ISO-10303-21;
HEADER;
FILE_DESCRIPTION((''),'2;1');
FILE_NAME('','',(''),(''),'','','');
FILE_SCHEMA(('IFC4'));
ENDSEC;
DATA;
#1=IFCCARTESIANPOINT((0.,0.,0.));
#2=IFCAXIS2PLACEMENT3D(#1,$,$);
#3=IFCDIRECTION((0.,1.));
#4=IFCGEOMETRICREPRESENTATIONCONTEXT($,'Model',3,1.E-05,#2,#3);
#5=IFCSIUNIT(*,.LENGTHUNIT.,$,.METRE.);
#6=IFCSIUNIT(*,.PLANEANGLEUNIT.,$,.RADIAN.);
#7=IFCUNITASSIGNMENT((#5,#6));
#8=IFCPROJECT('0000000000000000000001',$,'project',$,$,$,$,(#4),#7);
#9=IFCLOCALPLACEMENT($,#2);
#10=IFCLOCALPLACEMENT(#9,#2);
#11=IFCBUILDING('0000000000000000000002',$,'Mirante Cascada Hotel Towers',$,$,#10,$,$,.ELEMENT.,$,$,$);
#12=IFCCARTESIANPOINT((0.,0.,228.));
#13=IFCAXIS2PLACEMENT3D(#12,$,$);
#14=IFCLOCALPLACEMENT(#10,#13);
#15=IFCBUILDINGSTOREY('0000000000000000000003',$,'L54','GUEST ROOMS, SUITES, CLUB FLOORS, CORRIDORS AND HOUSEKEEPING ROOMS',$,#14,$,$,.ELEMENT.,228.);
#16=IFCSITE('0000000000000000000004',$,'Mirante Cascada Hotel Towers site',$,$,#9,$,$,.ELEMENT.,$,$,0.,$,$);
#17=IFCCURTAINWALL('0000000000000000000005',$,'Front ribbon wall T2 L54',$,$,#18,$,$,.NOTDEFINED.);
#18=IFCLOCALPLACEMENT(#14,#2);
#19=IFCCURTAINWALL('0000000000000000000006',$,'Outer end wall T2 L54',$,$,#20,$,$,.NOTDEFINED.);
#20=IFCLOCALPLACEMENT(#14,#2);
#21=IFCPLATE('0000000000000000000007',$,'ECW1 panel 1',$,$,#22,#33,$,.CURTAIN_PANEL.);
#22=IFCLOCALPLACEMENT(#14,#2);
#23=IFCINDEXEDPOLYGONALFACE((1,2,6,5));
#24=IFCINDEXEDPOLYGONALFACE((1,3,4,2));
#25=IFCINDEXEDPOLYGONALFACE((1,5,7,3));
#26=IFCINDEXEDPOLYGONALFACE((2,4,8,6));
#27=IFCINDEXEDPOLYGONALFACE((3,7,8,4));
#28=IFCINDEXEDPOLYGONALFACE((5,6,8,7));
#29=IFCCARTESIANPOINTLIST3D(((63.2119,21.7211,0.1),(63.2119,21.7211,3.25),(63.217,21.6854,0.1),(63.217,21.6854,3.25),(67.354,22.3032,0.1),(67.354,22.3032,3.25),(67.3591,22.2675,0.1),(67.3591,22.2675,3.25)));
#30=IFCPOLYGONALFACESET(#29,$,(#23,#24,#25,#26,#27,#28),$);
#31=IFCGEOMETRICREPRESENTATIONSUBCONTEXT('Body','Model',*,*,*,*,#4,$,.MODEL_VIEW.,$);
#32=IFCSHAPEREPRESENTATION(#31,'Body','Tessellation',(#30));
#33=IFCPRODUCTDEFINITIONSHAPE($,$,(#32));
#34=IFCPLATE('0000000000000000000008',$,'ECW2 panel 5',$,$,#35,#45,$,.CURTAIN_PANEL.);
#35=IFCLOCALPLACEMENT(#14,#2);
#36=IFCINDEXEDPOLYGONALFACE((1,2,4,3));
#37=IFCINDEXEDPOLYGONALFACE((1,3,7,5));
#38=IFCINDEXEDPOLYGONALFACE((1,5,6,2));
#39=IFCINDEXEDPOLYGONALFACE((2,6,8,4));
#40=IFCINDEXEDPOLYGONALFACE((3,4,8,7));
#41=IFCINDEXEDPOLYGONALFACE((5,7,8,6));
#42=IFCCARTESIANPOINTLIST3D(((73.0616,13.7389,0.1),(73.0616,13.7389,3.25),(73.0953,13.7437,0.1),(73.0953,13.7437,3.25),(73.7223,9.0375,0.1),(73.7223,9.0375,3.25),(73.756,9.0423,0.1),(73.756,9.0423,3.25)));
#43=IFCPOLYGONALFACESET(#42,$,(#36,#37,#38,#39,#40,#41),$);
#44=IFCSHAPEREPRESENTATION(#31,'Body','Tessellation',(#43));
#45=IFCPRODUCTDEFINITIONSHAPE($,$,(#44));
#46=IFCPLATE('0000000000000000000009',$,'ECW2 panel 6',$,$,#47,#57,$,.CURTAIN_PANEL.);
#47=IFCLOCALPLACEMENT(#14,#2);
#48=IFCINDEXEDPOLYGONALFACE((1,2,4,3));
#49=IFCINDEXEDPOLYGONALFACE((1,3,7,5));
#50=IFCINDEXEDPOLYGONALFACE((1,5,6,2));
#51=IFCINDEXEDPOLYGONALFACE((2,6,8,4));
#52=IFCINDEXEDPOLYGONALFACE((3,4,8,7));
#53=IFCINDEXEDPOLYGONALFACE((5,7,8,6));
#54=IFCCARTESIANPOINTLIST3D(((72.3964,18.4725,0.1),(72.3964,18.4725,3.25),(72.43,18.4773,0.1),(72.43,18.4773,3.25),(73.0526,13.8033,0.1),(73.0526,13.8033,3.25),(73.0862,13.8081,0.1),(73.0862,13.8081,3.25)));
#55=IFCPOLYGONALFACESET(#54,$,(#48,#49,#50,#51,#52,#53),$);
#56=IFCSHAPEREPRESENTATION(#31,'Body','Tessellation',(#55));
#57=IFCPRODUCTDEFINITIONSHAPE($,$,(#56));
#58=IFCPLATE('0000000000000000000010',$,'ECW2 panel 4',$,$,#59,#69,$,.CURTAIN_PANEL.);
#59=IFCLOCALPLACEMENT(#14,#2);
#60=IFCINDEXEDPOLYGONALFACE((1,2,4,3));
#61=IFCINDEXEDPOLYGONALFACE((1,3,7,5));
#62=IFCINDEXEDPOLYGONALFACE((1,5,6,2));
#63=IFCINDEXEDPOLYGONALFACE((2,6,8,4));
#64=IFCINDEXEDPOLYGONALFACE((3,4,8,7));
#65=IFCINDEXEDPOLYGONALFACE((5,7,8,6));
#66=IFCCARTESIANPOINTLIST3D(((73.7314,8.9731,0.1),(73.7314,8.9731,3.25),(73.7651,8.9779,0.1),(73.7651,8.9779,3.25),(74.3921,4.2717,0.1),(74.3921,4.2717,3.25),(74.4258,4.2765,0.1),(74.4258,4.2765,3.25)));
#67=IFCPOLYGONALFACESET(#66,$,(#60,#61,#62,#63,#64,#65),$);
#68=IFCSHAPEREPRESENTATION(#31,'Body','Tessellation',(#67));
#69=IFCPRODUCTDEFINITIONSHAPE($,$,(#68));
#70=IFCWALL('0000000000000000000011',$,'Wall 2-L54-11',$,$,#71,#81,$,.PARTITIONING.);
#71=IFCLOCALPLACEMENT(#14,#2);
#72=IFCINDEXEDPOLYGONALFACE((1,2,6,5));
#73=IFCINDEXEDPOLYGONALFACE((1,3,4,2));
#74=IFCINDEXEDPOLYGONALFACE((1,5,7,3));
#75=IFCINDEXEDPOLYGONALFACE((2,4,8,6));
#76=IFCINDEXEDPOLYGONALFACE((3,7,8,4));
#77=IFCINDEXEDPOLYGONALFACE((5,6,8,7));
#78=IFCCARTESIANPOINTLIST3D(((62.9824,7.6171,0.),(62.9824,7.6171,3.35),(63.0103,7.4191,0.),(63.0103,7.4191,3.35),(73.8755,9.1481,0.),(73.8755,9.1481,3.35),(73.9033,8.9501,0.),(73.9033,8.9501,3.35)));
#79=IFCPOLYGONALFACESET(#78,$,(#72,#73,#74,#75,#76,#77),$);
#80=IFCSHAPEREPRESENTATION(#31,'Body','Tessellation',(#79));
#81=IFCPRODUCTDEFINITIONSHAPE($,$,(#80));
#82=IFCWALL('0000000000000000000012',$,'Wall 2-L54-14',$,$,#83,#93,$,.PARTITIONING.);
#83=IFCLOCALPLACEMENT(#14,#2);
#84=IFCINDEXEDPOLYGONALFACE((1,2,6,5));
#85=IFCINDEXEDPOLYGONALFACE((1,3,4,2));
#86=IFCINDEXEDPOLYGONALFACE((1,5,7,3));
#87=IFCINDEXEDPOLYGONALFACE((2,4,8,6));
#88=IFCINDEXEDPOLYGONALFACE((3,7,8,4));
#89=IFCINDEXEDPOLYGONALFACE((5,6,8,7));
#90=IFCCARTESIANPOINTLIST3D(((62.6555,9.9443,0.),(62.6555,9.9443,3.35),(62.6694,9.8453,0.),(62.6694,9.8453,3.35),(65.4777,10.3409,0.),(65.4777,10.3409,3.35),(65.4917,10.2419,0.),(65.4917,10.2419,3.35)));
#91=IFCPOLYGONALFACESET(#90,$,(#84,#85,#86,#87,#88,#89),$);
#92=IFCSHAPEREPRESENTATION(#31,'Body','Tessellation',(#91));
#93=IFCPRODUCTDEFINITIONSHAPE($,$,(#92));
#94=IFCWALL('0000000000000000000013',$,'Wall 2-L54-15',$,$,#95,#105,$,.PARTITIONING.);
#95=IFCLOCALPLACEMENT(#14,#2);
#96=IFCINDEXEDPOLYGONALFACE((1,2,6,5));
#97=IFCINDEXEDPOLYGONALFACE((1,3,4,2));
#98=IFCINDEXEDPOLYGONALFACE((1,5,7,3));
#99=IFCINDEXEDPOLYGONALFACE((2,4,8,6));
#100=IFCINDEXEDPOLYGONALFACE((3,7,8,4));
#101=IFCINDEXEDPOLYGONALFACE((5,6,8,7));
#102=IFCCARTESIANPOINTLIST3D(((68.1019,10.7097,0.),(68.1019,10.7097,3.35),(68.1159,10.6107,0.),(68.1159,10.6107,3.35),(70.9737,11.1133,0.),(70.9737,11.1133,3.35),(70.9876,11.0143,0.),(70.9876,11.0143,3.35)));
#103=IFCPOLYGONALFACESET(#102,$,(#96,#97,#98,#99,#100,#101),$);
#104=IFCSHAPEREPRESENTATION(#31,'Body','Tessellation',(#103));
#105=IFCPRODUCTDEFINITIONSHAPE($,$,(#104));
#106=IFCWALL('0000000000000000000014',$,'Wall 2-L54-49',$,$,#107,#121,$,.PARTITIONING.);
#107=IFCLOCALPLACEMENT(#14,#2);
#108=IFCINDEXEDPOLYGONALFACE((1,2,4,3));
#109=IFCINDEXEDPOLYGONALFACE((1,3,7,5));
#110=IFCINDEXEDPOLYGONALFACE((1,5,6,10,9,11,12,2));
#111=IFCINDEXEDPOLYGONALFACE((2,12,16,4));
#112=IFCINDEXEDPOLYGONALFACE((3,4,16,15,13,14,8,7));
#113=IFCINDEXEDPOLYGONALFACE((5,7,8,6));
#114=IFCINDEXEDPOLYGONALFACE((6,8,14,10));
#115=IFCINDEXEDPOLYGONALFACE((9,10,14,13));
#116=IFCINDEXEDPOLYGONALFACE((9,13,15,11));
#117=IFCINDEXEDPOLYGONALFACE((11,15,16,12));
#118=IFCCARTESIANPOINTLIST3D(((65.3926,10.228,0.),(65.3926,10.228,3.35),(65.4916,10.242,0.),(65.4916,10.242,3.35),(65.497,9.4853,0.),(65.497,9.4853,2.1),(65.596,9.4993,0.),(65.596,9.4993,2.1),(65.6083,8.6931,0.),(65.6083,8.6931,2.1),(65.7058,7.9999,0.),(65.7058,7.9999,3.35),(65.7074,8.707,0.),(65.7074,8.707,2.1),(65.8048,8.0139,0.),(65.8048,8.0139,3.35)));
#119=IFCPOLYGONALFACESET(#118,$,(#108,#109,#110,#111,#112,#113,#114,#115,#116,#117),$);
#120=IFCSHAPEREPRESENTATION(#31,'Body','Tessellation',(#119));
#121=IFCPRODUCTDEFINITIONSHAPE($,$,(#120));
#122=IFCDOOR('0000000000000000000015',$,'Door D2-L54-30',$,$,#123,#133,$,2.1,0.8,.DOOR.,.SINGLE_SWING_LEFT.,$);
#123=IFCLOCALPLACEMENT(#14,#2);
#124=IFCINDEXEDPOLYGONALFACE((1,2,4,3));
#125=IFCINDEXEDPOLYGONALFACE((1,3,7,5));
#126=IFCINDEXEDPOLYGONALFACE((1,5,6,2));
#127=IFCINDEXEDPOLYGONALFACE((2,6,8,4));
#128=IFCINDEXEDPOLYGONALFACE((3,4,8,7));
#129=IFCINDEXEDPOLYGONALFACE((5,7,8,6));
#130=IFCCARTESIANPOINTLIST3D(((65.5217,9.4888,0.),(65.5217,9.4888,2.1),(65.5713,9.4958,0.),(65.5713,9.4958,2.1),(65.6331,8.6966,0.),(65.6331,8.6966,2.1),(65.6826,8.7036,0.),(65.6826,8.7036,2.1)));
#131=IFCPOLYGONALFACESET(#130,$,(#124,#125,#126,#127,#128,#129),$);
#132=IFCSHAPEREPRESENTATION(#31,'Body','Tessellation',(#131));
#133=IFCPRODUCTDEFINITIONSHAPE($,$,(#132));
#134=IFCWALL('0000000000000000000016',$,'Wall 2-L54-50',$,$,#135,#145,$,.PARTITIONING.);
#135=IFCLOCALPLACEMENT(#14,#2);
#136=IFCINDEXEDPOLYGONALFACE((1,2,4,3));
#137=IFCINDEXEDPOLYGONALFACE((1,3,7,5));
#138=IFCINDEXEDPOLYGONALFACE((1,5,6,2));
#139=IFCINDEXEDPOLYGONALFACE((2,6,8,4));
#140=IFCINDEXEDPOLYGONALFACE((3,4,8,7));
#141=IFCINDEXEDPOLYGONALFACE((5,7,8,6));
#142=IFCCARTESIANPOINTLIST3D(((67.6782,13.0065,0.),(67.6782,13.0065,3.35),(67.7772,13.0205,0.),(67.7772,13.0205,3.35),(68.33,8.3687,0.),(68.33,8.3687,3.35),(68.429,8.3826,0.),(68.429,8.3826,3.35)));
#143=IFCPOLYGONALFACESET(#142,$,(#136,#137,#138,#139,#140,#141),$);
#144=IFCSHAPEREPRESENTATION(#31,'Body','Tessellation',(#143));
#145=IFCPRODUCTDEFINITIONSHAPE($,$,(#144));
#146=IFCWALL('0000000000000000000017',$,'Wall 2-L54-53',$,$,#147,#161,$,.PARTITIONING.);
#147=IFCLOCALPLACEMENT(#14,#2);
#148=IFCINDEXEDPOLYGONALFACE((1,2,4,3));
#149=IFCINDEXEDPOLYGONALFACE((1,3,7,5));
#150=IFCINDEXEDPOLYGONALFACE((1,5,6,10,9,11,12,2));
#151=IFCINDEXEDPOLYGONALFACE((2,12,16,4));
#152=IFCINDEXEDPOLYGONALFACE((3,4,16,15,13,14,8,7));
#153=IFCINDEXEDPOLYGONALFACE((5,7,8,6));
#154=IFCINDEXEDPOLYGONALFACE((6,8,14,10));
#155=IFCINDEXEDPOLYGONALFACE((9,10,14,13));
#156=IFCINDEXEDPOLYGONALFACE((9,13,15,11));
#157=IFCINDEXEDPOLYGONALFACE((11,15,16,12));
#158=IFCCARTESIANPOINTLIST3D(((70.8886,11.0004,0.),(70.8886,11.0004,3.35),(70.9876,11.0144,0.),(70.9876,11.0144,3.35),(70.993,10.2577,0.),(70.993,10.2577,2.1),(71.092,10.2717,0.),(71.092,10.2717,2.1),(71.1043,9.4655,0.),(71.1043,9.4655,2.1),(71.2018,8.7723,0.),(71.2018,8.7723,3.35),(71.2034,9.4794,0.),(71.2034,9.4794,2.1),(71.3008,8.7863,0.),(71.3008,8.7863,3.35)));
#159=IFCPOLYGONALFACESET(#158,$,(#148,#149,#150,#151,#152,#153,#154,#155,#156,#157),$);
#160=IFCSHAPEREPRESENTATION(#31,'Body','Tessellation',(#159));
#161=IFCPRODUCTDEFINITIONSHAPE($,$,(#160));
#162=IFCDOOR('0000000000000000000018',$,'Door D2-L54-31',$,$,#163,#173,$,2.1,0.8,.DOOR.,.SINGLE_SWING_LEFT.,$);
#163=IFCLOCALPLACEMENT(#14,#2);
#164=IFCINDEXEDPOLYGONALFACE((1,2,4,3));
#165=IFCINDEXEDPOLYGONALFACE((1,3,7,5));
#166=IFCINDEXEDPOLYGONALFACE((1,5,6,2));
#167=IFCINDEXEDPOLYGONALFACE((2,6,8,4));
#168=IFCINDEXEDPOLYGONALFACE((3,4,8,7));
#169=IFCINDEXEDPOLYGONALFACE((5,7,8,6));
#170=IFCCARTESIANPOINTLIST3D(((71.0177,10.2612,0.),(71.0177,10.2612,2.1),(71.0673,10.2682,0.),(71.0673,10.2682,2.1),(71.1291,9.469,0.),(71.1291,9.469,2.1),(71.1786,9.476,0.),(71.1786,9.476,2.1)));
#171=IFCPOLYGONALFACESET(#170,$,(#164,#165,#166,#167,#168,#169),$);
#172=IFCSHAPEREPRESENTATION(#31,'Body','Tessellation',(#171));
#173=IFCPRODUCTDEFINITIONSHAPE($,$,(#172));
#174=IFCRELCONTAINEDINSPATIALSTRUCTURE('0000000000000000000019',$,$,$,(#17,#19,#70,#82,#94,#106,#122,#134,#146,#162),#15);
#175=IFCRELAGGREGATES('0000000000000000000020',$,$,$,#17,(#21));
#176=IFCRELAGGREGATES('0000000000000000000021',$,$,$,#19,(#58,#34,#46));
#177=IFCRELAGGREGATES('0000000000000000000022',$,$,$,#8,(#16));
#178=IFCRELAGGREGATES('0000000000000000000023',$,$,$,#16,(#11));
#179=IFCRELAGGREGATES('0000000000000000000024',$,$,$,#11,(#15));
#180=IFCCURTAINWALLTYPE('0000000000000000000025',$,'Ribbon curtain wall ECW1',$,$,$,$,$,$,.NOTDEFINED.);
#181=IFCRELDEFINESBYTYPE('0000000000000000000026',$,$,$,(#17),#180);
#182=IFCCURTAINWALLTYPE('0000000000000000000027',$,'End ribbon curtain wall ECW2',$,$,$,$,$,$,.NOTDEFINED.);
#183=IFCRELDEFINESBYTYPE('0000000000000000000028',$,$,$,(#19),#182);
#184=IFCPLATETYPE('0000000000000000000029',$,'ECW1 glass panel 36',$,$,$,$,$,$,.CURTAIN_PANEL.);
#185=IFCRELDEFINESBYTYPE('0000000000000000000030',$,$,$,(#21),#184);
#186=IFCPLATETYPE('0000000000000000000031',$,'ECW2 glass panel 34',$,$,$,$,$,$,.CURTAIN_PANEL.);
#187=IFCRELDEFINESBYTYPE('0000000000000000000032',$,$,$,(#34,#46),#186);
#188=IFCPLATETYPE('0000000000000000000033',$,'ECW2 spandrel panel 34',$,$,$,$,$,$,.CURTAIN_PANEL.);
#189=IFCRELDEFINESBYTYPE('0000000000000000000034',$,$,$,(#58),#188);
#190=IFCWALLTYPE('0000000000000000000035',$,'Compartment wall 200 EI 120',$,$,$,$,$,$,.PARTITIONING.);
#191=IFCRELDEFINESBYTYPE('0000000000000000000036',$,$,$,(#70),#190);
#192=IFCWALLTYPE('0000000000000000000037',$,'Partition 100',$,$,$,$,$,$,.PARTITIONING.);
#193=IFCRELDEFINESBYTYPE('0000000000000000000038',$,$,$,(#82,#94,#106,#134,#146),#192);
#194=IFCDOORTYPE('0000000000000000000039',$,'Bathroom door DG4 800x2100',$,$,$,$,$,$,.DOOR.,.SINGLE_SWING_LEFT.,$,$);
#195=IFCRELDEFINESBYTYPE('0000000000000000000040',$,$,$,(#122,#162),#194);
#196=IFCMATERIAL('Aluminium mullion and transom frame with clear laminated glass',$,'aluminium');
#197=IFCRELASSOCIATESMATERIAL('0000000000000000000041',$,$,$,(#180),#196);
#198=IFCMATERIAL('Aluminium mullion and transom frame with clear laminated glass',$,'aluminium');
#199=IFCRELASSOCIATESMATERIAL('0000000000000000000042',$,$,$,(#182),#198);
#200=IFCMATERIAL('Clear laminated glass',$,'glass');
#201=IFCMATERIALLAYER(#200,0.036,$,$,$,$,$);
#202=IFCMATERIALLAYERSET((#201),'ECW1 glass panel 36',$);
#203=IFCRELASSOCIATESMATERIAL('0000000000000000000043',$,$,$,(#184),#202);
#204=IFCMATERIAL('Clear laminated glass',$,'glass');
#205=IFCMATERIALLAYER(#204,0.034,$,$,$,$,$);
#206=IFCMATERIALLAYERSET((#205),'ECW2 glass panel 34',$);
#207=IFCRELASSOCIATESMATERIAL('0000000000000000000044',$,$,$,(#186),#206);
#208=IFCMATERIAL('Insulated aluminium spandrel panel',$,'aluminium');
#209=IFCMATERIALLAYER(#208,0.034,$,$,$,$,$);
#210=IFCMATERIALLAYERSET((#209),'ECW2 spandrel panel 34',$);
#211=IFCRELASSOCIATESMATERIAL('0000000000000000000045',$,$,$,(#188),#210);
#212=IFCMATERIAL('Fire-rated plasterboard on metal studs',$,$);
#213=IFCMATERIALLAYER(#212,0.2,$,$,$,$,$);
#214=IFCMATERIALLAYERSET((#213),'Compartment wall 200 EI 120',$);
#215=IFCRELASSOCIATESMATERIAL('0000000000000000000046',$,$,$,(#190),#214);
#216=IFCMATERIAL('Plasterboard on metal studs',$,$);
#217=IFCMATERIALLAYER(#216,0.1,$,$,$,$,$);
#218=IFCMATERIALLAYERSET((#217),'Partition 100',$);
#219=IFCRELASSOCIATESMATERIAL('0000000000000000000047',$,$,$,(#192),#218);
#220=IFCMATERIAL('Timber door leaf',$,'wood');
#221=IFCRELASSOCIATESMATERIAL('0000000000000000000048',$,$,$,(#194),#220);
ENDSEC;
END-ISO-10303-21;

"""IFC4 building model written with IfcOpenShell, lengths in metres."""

from ifc_helpers import new_model, si_unit, direction, frame, frame_2d, origin, origin_2d, place, context, subcontext, project, spatial, rectangle, extrude, material, layer, layer_set, type_object, element, fill, aggregate, save


model = new_model("IFC4")

# Units and contexts
model_context = context("Model", 3, precision=1e-05, world=origin(), true_north=direction((0.0, 1.0)))
body_context = subcontext(model_context, "Body", "Model", "MODEL_VIEW")
ifc_project = project(units=[si_unit("LENGTHUNIT", "METRE"), si_unit("PLANEANGLEUNIT", "RADIAN")], contexts=[model_context])

# Site, building, storey
site_placement = place(None, origin())
site = spatial("IfcSite", under=ifc_project, at=site_placement, Name="Mirante Cascada Hotel Towers site", CompositionType="ELEMENT", RefElevation=0.0)
building_placement = place(site_placement, origin())
building = spatial("IfcBuilding", under=site, at=building_placement, Name="Mirante Cascada Hotel Towers", CompositionType="ELEMENT")
storey_placement = place(building_placement, frame((0.0, 0.0, 228.0)))
storey = spatial("IfcBuildingStorey", under=building, at=storey_placement, Name="L54", Description="GUEST ROOMS, SUITES, CLUB FLOORS, CORRIDORS AND HOUSEKEEPING ROOMS", CompositionType="ELEMENT", Elevation=228.0)

# Curtain walls
ifc_material_1 = material(Name="Aluminium mullion and transom frame with clear laminated glass", Category="aluminium")
curtain_wall_type_1 = type_object("IfcCurtainWallType", Name="Ribbon curtain wall ECW1", PredefinedType="NOTDEFINED", material=ifc_material_1)
curtain_wall_1_placement = place(storey_placement, origin())
curtain_wall_1 = element("IfcCurtainWall", 1, at=curtain_wall_1_placement, inside=storey, type_object=curtain_wall_type_1, Name="Front ribbon wall T2 L54", PredefinedType="NOTDEFINED")
ifc_material_2 = material(Name="Aluminium mullion and transom frame with clear laminated glass", Category="aluminium")
curtain_wall_type_2 = type_object("IfcCurtainWallType", Name="End ribbon curtain wall ECW2", PredefinedType="NOTDEFINED", material=ifc_material_2)
curtain_wall_2_placement = place(storey_placement, origin())
curtain_wall_2 = element("IfcCurtainWall", 2, at=curtain_wall_2_placement, inside=storey, type_object=curtain_wall_type_2, Name="Outer end wall T2 L54", PredefinedType="NOTDEFINED")

# Plates
ifc_material_3 = material(Name="Clear laminated glass", Category="glass")
ifc_layer_1 = layer(ifc_material_3, 0.036)
ifc_layer_set_1 = layer_set([ifc_layer_1], Name="ECW1 glass panel 36")
plate_type_1 = type_object("IfcPlateType", Name="ECW1 glass panel 36", PredefinedType="CURTAIN_PANEL", material=ifc_layer_set_1)
plate_1_placement = place(storey_placement, frame((65.2855, 21.9943, 0.1), z_axis=(0.0, 0.0, 1.0), x_axis=(-0.990268, -0.139173, 0.0)))
plate_1 = element("IfcPlate", 3, at=plate_1_placement, type_object=plate_type_1, Name="ECW1 panel 1", PredefinedType="CURTAIN_PANEL", context=body_context, shape_type="SweptSolid", body=[
    extrude(rectangle(XDim=4.1828, YDim=0.036, at=origin_2d()), origin(), (0.0, 0.0, 1.0), 3.15),
])
aggregate(curtain_wall_1, [plate_1])
ifc_material_4 = material(Name="Clear laminated glass", Category="glass")
ifc_layer_2 = layer(ifc_material_4, 0.034)
ifc_layer_set_2 = layer_set([ifc_layer_2], Name="ECW2 glass panel 34")
plate_type_2 = type_object("IfcPlateType", Name="ECW2 glass panel 34", PredefinedType="CURTAIN_PANEL", material=ifc_layer_set_2)
plate_2_placement = place(storey_placement, frame((73.4088, 11.3906, 0.1), z_axis=(0.0, 0.0, 1.0), x_axis=(-0.139173, 0.990268, 0.0)))
plate_2 = element("IfcPlate", 4, at=plate_2_placement, type_object=plate_type_2, Name="ECW2 panel 5", PredefinedType="CURTAIN_PANEL", context=body_context, shape_type="SweptSolid", body=[
    extrude(rectangle(XDim=4.7476, YDim=0.034, at=origin_2d()), origin(), (0.0, 0.0, 1.0), 3.15),
])
plate_3_placement = place(storey_placement, frame((72.7413, 16.1403, 0.1), z_axis=(0.0, 0.0, 1.0), x_axis=(-0.139173, 0.990268, 0.0)))
plate_3 = element("IfcPlate", 5, at=plate_3_placement, type_object=plate_type_2, Name="ECW2 panel 6", PredefinedType="CURTAIN_PANEL", context=body_context, shape_type="SweptSolid", body=[
    extrude(rectangle(XDim=4.7151, YDim=0.034, at=origin_2d()), origin(), (0.0, 0.0, 1.0), 3.15),
])
ifc_material_5 = material(Name="Insulated aluminium spandrel panel", Category="aluminium")
ifc_layer_3 = layer(ifc_material_5, 0.034)
ifc_layer_set_3 = layer_set([ifc_layer_3], Name="ECW2 spandrel panel 34")
plate_type_3 = type_object("IfcPlateType", Name="ECW2 spandrel panel 34", PredefinedType="CURTAIN_PANEL", material=ifc_layer_set_3)
plate_4_placement = place(storey_placement, frame((74.0786, 6.6248, 0.1), z_axis=(0.0, 0.0, 1.0), x_axis=(-0.139173, 0.990268, 0.0)))
plate_4 = element("IfcPlate", 6, at=plate_4_placement, type_object=plate_type_3, Name="ECW2 panel 4", PredefinedType="CURTAIN_PANEL", context=body_context, shape_type="SweptSolid", body=[
    extrude(rectangle(XDim=4.7476, YDim=0.034, at=origin_2d()), origin(), (0.0, 0.0, 1.0), 3.15),
])
aggregate(curtain_wall_2, [plate_4, plate_2, plate_3])

# Walls
ifc_material_6 = material(Name="Fire-rated plasterboard on metal studs")
ifc_layer_4 = layer(ifc_material_6, 0.2)
ifc_layer_set_4 = layer_set([ifc_layer_4], Name="Compartment wall 200 EI 120")
wall_type_1 = type_object("IfcWallType", Name="Compartment wall 200 EI 120", PredefinedType="PARTITIONING", material=ifc_layer_set_4)
wall_1_placement = place(storey_placement, frame((62.9964, 7.5181, 0.0), z_axis=(0.0, 0.0, 1.0), x_axis=(0.990267, 0.139181, 0.0)))
element("IfcWall", 7, at=wall_1_placement, inside=storey, type_object=wall_type_1, Name="Wall 2-L54-11", PredefinedType="PARTITIONING", context=body_context, shape_type="SweptSolid", body=[
    extrude(rectangle(XDim=11.0001, YDim=0.2, at=frame_2d((5.5, 0.0))), origin(), (0.0, 0.0, 1.0), 3.35),
])
ifc_material_7 = material(Name="Plasterboard on metal studs")
ifc_layer_5 = layer(ifc_material_7, 0.1)
ifc_layer_set_5 = layer_set([ifc_layer_5], Name="Partition 100")
wall_type_2 = type_object("IfcWallType", Name="Partition 100", PredefinedType="PARTITIONING", material=ifc_layer_set_5)
wall_2_placement = place(storey_placement, frame((65.4847, 10.2914, 0.0), z_axis=(0.0, 0.0, 1.0), x_axis=(-0.99027, -0.139156, 0.0)))
element("IfcWall", 8, at=wall_2_placement, inside=storey, type_object=wall_type_2, Name="Wall 2-L54-14", PredefinedType="PARTITIONING", context=body_context, shape_type="SweptSolid", body=[
    extrude(rectangle(XDim=2.85, YDim=0.1, at=frame_2d((1.425, 0.0))), origin(), (0.0, 0.0, 1.0), 3.35),
])
wall_3_placement = place(storey_placement, frame((68.1089, 10.6602, 0.0), z_axis=(0.0, 0.0, 1.0), x_axis=(0.990268, 0.139171, 0.0)))
element("IfcWall", 9, at=wall_3_placement, inside=storey, type_object=wall_type_2, Name="Wall 2-L54-15", PredefinedType="PARTITIONING", context=body_context, shape_type="SweptSolid", body=[
    extrude(rectangle(XDim=2.9, YDim=0.1, at=frame_2d((1.45, 0.0))), origin(), (0.0, 0.0, 1.0), 3.35),
])

# Wall, opening, door
wall_4_placement = place(storey_placement, frame((65.7553, 8.0069, 0.0), z_axis=(0.0, 0.0, 1.0), x_axis=(-0.1392, 0.990264, 0.0)))
wall_4 = element("IfcWall", 10, at=wall_4_placement, inside=storey, type_object=wall_type_2, Name="Wall 2-L54-49", PredefinedType="PARTITIONING", context=body_context, shape_type="SweptSolid", body=[
    extrude(rectangle(XDim=2.25, YDim=0.1, at=frame_2d((1.125, 0.0))), origin(), (0.0, 0.0, 1.0), 3.35),
])
opening_1_placement = place(wall_4_placement, frame((0.7, 0.0, 0.0)))
opening_1 = element("IfcOpeningElement", 11, at=opening_1_placement, cuts=wall_4, PredefinedType="OPENING", context=body_context, shape_type="SweptSolid", body=[
    extrude(rectangle(XDim=0.8, YDim=2.1, at=frame_2d((0.4, 1.05))), frame((0.0, 0.05, 0.0), z_axis=(0.0, -1.0, 0.0), x_axis=(1.0, 0.0, 0.0)), (0.0, 0.0, 1.0), 0.1),
])
ifc_material_8 = material(Name="Timber door leaf", Category="wood")
door_type = type_object("IfcDoorType", Name="Bathroom door DG4 800x2100", OperationType="SINGLE_SWING_LEFT", PredefinedType="DOOR", material=ifc_material_8)
door_1_placement = place(opening_1_placement, origin())
door_1 = element("IfcDoor", 12, at=door_1_placement, inside=storey, type_object=door_type, Name="Door D2-L54-30", OperationType="SINGLE_SWING_LEFT", OverallHeight=2.1, OverallWidth=0.8, PredefinedType="DOOR", context=body_context, shape_type="SweptSolid", body=[
    extrude(rectangle(XDim=0.8, YDim=2.1, at=frame_2d((0.4, 1.05))), frame((0.0, 0.025, 0.0), z_axis=(0.0, -1.0, 0.0), x_axis=(1.0, 0.0, 0.0)), (0.0, 0.0, 1.0), 0.05),
])
fill(opening_1, door_1)

# Wall
wall_5_placement = place(storey_placement, frame((67.7277, 13.0135, 0.0), z_axis=(0.0, 0.0, 1.0), x_axis=(0.139173, -0.990268, 0.0)))
element("IfcWall", 13, at=wall_5_placement, inside=storey, type_object=wall_type_2, Name="Wall 2-L54-50", PredefinedType="PARTITIONING", context=body_context, shape_type="SweptSolid", body=[
    extrude(rectangle(XDim=4.6834, YDim=0.1, at=frame_2d((2.3417, 0.0))), origin(), (0.0, 0.0, 1.0), 3.35),
])

# Wall, opening, door
wall_6_placement = place(storey_placement, frame((71.2513, 8.7793, 0.0), z_axis=(0.0, 0.0, 1.0), x_axis=(-0.1392, 0.990264, 0.0)))
wall_6 = element("IfcWall", 14, at=wall_6_placement, inside=storey, type_object=wall_type_2, Name="Wall 2-L54-53", PredefinedType="PARTITIONING", context=body_context, shape_type="SweptSolid", body=[
    extrude(rectangle(XDim=2.25, YDim=0.1, at=frame_2d((1.125, 0.0))), origin(), (0.0, 0.0, 1.0), 3.35),
])
opening_2_placement = place(wall_6_placement, frame((0.7, 0.0, 0.0)))
opening_2 = element("IfcOpeningElement", 15, at=opening_2_placement, cuts=wall_6, PredefinedType="OPENING", context=body_context, shape_type="SweptSolid", body=[
    extrude(rectangle(XDim=0.8, YDim=2.1, at=frame_2d((0.4, 1.05))), frame((0.0, 0.05, 0.0), z_axis=(0.0, -1.0, 0.0), x_axis=(1.0, 0.0, 0.0)), (0.0, 0.0, 1.0), 0.1),
])
door_2_placement = place(opening_2_placement, origin())
door_2 = element("IfcDoor", 16, at=door_2_placement, inside=storey, type_object=door_type, Name="Door D2-L54-31", OperationType="SINGLE_SWING_LEFT", OverallHeight=2.1, OverallWidth=0.8, PredefinedType="DOOR", context=body_context, shape_type="SweptSolid", body=[
    extrude(rectangle(XDim=0.8, YDim=2.1, at=frame_2d((0.4, 1.05))), frame((0.0, 0.025, 0.0), z_axis=(0.0, -1.0, 0.0), x_axis=(1.0, 0.0, 0.0)), (0.0, 0.0, 1.0), 0.05),
])
fill(opening_2, door_2)

save(model, "model.ifc")
